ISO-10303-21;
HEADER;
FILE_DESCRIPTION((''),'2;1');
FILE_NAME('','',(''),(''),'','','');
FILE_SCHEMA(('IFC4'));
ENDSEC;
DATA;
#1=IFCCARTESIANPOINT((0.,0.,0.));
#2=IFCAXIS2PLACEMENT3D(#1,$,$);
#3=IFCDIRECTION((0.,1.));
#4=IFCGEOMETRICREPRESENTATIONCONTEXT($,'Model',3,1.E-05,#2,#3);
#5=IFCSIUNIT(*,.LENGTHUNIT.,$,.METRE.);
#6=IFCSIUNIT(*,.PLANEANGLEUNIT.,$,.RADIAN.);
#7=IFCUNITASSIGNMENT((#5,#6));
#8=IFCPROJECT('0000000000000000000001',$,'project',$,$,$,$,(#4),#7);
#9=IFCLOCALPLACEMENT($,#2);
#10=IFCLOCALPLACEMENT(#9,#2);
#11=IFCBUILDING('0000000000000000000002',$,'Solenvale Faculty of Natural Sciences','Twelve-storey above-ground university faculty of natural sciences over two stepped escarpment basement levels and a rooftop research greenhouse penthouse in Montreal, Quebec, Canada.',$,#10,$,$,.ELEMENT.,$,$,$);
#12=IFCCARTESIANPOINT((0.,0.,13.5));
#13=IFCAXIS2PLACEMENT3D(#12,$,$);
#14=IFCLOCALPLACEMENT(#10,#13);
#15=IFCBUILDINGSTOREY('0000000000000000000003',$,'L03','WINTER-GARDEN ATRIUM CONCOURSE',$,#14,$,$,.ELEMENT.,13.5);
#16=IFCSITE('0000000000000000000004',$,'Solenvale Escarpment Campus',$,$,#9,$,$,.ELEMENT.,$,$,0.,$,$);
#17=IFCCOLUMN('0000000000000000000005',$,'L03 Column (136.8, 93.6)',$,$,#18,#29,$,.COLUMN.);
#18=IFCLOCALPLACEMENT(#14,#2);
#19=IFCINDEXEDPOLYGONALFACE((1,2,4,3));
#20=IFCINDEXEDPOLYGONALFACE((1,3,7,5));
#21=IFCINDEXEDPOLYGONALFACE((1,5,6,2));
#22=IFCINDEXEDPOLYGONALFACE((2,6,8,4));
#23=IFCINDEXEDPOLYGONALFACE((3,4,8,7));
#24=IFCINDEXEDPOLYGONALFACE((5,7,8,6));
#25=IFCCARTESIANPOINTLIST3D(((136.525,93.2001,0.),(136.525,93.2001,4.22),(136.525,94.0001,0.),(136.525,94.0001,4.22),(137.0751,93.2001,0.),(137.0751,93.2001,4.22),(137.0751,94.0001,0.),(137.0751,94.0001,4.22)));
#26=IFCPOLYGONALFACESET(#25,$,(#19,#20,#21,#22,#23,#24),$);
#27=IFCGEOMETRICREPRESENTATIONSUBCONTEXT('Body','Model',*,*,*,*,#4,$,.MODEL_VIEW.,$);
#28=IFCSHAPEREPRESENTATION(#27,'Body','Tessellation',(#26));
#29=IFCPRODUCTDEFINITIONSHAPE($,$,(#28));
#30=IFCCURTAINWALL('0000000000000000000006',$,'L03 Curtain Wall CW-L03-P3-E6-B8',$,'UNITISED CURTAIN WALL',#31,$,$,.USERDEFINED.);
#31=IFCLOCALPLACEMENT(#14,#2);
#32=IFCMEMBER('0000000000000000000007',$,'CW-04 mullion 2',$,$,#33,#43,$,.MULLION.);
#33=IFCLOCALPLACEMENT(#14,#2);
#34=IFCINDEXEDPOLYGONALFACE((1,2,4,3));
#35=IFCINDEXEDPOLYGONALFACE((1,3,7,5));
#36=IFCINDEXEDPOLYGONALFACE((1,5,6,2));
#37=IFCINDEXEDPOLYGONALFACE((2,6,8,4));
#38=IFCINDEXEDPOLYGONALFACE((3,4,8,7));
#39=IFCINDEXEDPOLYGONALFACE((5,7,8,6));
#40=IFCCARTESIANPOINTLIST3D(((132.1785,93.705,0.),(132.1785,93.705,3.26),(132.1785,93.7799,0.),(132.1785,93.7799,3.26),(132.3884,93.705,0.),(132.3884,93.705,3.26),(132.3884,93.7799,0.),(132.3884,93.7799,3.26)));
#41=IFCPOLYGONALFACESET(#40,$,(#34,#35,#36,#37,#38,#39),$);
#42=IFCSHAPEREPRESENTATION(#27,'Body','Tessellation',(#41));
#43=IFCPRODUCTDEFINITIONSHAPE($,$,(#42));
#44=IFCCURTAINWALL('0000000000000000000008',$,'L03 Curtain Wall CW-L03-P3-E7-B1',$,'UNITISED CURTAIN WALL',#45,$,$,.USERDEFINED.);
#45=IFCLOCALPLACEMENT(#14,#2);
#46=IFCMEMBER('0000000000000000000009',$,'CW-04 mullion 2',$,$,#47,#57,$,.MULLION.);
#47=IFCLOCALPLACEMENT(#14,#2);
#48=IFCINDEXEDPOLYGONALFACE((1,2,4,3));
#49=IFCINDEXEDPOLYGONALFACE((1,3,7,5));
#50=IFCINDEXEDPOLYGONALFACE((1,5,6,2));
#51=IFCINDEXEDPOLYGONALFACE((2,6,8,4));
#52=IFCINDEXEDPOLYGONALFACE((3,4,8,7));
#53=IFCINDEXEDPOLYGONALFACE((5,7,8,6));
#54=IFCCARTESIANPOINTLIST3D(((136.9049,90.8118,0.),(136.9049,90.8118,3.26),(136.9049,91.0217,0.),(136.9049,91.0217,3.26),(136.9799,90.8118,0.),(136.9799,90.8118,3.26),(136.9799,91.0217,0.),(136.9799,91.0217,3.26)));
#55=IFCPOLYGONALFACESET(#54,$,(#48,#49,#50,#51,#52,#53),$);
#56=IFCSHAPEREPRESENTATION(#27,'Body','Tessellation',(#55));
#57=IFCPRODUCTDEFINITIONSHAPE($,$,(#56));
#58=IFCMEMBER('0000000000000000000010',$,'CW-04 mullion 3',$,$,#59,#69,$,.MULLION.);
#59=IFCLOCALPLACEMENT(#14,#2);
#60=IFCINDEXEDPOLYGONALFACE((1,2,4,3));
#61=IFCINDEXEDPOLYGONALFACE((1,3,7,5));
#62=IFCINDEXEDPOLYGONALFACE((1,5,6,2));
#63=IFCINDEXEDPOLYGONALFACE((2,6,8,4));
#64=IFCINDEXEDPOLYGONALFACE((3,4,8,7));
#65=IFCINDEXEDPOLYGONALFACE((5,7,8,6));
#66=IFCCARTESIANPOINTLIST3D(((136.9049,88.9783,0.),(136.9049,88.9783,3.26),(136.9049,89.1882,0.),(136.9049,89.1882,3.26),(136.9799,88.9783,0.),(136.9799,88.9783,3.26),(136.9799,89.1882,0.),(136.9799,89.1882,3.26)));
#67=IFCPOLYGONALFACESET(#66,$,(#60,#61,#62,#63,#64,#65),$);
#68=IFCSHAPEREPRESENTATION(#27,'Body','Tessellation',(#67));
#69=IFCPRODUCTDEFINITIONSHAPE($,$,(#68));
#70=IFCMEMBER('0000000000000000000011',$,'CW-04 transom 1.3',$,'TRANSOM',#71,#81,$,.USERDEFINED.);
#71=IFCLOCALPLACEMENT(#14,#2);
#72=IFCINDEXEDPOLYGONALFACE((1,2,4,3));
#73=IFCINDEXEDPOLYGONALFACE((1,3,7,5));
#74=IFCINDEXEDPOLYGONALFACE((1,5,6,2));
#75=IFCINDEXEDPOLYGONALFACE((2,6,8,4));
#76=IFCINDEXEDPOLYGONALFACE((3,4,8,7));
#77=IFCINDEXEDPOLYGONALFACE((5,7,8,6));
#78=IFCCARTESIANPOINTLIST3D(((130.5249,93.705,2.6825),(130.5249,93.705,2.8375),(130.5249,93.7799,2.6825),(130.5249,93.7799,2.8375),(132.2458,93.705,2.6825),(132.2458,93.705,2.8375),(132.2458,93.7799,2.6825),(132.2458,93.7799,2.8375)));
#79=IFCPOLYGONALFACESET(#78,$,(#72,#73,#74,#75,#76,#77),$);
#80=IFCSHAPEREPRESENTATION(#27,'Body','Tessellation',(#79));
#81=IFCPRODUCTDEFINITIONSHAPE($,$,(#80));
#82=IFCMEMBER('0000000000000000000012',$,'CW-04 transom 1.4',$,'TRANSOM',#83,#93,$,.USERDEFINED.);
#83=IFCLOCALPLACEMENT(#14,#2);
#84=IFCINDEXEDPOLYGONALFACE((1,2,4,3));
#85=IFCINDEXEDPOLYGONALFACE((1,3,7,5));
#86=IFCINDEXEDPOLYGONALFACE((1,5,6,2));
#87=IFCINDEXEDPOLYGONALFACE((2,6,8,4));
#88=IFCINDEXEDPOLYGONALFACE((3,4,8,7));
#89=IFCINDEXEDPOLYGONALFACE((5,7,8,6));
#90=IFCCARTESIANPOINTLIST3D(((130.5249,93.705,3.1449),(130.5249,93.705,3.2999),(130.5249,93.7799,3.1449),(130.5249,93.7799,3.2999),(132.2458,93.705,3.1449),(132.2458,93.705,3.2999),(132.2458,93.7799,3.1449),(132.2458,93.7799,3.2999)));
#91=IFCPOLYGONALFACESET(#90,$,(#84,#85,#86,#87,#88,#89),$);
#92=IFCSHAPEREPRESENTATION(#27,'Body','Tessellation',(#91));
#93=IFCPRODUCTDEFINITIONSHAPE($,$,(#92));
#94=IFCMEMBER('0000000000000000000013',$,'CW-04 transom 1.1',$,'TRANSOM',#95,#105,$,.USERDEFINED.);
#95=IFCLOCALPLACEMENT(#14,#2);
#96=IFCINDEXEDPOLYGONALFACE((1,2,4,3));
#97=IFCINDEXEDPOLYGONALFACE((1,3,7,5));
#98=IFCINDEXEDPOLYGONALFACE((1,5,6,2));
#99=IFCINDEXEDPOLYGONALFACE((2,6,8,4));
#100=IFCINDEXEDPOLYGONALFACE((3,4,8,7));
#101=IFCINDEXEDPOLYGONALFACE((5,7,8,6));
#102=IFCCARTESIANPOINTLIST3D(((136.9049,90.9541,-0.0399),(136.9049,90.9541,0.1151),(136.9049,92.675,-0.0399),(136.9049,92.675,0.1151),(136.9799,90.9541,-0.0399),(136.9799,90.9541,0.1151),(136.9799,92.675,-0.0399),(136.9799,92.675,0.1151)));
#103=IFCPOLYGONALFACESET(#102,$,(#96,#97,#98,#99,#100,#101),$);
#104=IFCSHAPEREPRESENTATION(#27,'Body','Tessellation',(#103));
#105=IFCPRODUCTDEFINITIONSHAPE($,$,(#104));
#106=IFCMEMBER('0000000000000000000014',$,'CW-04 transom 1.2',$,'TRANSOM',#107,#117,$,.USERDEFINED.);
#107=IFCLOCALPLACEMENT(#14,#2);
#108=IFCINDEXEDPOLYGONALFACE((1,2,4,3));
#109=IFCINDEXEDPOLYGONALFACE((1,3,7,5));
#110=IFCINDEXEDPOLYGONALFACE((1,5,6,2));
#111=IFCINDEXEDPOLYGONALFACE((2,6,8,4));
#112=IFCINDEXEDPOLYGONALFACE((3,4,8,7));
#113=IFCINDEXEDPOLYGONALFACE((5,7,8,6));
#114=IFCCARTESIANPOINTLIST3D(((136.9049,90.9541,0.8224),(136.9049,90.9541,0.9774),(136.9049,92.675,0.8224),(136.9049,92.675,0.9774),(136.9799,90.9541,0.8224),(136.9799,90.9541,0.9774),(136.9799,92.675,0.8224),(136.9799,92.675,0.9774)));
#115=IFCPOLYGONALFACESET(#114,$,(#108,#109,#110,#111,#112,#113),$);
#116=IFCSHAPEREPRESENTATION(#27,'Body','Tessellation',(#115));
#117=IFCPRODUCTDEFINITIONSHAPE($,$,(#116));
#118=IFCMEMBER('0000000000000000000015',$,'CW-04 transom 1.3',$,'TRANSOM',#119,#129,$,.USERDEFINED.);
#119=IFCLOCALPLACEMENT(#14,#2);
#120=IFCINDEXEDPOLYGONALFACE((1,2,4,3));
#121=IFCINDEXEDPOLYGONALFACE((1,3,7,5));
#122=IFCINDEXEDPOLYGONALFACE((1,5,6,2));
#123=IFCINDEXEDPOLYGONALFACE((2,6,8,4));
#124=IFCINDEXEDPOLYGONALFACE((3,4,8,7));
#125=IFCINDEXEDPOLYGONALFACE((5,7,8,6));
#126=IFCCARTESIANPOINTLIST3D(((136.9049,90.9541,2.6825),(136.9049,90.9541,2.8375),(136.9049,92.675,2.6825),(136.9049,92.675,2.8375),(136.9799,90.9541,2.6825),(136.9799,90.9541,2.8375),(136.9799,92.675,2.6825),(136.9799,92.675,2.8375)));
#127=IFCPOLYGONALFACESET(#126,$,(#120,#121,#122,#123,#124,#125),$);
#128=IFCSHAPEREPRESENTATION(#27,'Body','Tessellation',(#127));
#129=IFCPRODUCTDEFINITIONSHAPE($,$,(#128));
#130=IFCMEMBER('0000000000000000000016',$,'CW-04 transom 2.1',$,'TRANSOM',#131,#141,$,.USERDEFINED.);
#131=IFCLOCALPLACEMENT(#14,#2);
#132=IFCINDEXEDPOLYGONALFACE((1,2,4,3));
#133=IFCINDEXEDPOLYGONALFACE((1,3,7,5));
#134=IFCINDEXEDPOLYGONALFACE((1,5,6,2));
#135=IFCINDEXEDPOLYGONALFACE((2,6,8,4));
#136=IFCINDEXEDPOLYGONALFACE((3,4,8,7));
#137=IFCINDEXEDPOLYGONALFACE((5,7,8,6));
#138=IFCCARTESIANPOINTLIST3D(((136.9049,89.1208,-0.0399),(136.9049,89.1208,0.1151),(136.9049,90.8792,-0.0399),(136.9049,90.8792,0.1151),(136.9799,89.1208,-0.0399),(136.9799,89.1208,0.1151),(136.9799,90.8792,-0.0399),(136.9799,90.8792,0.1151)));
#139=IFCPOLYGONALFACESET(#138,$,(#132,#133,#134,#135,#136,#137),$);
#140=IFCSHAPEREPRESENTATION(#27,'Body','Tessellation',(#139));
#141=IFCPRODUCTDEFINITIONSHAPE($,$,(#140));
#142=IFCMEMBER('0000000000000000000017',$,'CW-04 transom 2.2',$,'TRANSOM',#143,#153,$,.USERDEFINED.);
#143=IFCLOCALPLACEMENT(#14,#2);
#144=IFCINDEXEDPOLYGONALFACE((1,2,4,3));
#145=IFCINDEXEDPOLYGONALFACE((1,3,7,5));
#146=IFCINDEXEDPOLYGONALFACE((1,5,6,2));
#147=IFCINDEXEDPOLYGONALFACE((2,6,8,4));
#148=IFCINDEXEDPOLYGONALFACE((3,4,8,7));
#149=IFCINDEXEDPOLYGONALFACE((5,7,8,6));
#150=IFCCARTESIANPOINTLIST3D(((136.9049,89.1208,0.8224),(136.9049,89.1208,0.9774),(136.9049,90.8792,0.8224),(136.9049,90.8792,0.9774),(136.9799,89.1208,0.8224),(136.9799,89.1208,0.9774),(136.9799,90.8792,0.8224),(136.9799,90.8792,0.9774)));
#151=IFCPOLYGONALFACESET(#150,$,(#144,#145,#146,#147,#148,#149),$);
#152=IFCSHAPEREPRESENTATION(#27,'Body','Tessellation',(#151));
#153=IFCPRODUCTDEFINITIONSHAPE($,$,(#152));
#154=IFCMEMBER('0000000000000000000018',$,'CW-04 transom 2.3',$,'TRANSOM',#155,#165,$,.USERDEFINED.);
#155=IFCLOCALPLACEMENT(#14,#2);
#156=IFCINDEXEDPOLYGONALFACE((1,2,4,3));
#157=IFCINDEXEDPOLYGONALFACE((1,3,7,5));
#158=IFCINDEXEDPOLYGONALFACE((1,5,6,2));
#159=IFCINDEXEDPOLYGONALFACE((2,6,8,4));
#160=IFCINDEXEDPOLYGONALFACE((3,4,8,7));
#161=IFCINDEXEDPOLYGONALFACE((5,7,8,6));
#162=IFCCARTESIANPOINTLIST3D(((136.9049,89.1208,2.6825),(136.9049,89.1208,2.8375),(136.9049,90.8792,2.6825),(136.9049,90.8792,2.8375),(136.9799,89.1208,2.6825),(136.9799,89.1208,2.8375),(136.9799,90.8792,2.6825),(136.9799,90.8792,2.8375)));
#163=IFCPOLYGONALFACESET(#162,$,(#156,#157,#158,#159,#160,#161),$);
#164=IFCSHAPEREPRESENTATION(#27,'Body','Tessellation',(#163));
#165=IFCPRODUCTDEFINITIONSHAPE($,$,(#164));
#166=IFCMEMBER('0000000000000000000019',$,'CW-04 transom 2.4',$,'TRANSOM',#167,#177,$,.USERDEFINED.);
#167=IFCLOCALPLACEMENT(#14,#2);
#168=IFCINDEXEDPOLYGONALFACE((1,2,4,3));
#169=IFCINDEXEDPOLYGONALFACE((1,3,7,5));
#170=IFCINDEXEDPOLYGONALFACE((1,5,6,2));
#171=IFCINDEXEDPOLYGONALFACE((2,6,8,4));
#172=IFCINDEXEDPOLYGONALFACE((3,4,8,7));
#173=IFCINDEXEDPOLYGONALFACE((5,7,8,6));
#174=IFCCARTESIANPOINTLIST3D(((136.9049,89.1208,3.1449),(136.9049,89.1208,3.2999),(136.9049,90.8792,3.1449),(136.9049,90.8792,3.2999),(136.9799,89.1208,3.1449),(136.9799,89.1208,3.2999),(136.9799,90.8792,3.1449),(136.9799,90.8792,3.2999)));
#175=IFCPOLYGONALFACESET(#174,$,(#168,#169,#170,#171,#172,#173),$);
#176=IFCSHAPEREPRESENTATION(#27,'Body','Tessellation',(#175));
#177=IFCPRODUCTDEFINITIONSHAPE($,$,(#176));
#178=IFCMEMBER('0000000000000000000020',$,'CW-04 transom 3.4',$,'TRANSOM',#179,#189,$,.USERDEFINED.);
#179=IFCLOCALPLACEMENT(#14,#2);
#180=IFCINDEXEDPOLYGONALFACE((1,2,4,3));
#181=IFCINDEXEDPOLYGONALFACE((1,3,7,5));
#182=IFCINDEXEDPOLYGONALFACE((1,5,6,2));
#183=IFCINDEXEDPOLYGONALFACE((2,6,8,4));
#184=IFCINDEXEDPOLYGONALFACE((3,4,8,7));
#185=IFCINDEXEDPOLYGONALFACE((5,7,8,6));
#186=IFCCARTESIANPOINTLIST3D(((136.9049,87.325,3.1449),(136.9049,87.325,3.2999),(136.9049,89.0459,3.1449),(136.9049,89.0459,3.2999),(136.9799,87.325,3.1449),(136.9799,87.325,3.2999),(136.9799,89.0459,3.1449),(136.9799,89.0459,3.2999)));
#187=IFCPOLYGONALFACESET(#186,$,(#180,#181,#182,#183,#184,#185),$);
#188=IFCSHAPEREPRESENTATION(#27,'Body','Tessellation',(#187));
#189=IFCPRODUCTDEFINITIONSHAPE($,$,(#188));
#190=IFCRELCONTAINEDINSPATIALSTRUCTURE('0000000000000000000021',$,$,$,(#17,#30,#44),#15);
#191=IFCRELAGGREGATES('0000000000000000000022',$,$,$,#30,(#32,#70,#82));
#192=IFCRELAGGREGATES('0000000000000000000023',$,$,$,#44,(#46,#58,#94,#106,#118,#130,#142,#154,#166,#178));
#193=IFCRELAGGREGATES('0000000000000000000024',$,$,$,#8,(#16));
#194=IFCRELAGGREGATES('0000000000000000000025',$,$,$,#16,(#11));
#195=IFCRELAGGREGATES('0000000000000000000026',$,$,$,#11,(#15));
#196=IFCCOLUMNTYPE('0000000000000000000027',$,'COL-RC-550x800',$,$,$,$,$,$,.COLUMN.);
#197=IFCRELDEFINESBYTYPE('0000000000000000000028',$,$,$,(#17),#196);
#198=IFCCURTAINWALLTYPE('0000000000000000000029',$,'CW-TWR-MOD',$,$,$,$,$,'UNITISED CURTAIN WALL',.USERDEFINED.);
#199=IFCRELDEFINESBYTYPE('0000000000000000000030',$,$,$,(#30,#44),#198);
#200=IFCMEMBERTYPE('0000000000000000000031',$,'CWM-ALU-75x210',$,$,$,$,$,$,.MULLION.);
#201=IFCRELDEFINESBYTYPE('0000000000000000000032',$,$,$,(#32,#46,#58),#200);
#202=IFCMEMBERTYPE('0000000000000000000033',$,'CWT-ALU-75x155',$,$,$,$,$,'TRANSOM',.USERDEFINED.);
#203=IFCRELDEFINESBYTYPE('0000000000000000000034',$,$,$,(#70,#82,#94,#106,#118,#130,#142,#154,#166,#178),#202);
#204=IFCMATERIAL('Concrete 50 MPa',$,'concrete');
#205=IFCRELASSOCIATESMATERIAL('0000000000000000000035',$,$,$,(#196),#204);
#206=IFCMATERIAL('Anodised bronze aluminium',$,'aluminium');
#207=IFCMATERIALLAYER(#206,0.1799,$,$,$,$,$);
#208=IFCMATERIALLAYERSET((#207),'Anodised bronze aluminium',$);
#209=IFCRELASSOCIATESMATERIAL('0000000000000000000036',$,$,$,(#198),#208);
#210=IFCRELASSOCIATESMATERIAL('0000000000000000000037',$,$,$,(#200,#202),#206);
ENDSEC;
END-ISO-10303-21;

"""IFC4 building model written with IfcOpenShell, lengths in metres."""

from ifc_helpers import new_model, si_unit, direction, frame, origin, origin_2d, place, context, subcontext, project, spatial, rectangle, extrude, material, layer, layer_set, material_profile, profile_set, type_object, element, aggregate, save


model = new_model("IFC4")

# Units and contexts
model_context = context("Model", 3, precision=1e-05, world=origin(), true_north=direction((0.0, 1.0)))
body_context = subcontext(model_context, "Body", "Model", "MODEL_VIEW")
ifc_project = project(units=[si_unit("LENGTHUNIT", "METRE"), si_unit("PLANEANGLEUNIT", "RADIAN")], contexts=[model_context])

# Site, building, storey
site_placement = place(None, origin())
site = spatial("IfcSite", under=ifc_project, at=site_placement, Name="Solenvale Escarpment Campus", CompositionType="ELEMENT", RefElevation=0.0)
building_placement = place(site_placement, origin())
building = spatial("IfcBuilding", under=site, at=building_placement, Name="Solenvale Faculty of Natural Sciences", Description="Twelve-storey above-ground university faculty of natural sciences over two stepped escarpment basement levels and a rooftop research greenhouse penthouse in Montreal, Quebec, Canada.", CompositionType="ELEMENT")
storey_placement = place(building_placement, frame((0.0, 0.0, 13.5)))
storey = spatial("IfcBuildingStorey", under=building, at=storey_placement, Name="L03", Description="WINTER-GARDEN ATRIUM CONCOURSE", CompositionType="ELEMENT", Elevation=13.5)

# Column
ifc_material_1 = material(Name="Concrete 50 MPa", Category="concrete")
ifc_material_profile_1 = material_profile(ifc_material_1, rectangle(XDim=0.55, YDim=0.8, at=origin_2d()), Name="RC-COL-550x800")
ifc_profile_set_1 = profile_set([ifc_material_profile_1], Name="Concrete 50 MPa")
column_type = type_object("IfcColumnType", Name="COL-RC-550x800", PredefinedType="COLUMN", material=ifc_profile_set_1)
column_placement = place(storey_placement, frame((136.8, 93.6001, 0.0), z_axis=(0.0, 0.0, 1.0), x_axis=(1.0, 0.0, 0.0)))
element("IfcColumn", 1, at=column_placement, inside=storey, type_object=column_type, Name="L03 Column (136.8, 93.6)", PredefinedType="COLUMN", context=body_context, shape_type="SweptSolid", body=[
    extrude(rectangle(XDim=0.55, YDim=0.8, at=origin_2d()), origin(), (0.0, 0.0, 1.0), 4.22),
])

# Curtain wall, member
ifc_material_2 = material(Name="Anodised bronze aluminium", Category="aluminium")
ifc_layer_1 = layer(ifc_material_2, 0.1799)
ifc_layer_set_1 = layer_set([ifc_layer_1], Name="Anodised bronze aluminium")
curtain_wall_type = type_object("IfcCurtainWallType", Name="CW-TWR-MOD", ElementType="UNITISED CURTAIN WALL", PredefinedType="USERDEFINED", material=ifc_layer_set_1)
curtain_wall_1_placement = place(storey_placement, origin())
curtain_wall_1 = element("IfcCurtainWall", 2, at=curtain_wall_1_placement, inside=storey, type_object=curtain_wall_type, Name="L03 Curtain Wall CW-L03-P3-E6-B8", ObjectType="UNITISED CURTAIN WALL", PredefinedType="USERDEFINED")
ifc_material_profile_2 = material_profile(ifc_material_2, rectangle(XDim=0.075, YDim=0.21, at=origin_2d()), Name="ALU-MUL-75x210")
ifc_profile_set_2 = profile_set([ifc_material_profile_2], Name="Anodised bronze aluminium")
member_type_1 = type_object("IfcMemberType", Name="CWM-ALU-75x210", PredefinedType="MULLION", material=ifc_profile_set_2)
member_1_placement = place(storey_placement, frame((132.2834, 93.7424, 0.0), z_axis=(0.0, 0.0, 1.0), x_axis=(0.0, 1.0, 0.0)))
member_1 = element("IfcMember", 3, at=member_1_placement, type_object=member_type_1, Name="CW-04 mullion 2", PredefinedType="MULLION", context=body_context, shape_type="SweptSolid", body=[
    extrude(rectangle(XDim=0.075, YDim=0.21, at=origin_2d()), origin(), (0.0, 0.0, 1.0), 3.26),
])

# Curtain wall, members
curtain_wall_2_placement = place(storey_placement, origin())
curtain_wall_2 = element("IfcCurtainWall", 4, at=curtain_wall_2_placement, inside=storey, type_object=curtain_wall_type, Name="L03 Curtain Wall CW-L03-P3-E7-B1", ObjectType="UNITISED CURTAIN WALL", PredefinedType="USERDEFINED")
member_2_placement = place(storey_placement, frame((136.9424, 90.9167, 0.0), z_axis=(0.0, 0.0, 1.0), x_axis=(1.0, 0.0, 0.0)))
member_2 = element("IfcMember", 5, at=member_2_placement, type_object=member_type_1, Name="CW-04 mullion 2", PredefinedType="MULLION", context=body_context, shape_type="SweptSolid", body=[
    extrude(rectangle(XDim=0.075, YDim=0.21, at=origin_2d()), origin(), (0.0, 0.0, 1.0), 3.26),
])
member_3_placement = place(storey_placement, frame((136.9424, 89.0833, 0.0), z_axis=(0.0, 0.0, 1.0), x_axis=(1.0, 0.0, 0.0)))
member_3 = element("IfcMember", 6, at=member_3_placement, type_object=member_type_1, Name="CW-04 mullion 3", PredefinedType="MULLION", context=body_context, shape_type="SweptSolid", body=[
    extrude(rectangle(XDim=0.075, YDim=0.21, at=origin_2d()), origin(), (0.0, 0.0, 1.0), 3.26),
])

# Members
ifc_material_profile_3 = material_profile(ifc_material_2, rectangle(XDim=0.075, YDim=0.155, at=origin_2d()), Name="ALU-TRN-75x155")
ifc_profile_set_3 = profile_set([ifc_material_profile_3], Name="Anodised bronze aluminium")
member_type_2 = type_object("IfcMemberType", Name="CWT-ALU-75x155", ElementType="TRANSOM", PredefinedType="USERDEFINED", material=ifc_profile_set_3)
member_4_placement = place(storey_placement, frame((130.5249, 93.7424, 2.76), z_axis=(1.0, 0.0, 0.0), x_axis=(0.0, 1.0, 0.0)))
member_4 = element("IfcMember", 7, at=member_4_placement, type_object=member_type_2, Name="CW-04 transom 1.3", ObjectType="TRANSOM", PredefinedType="USERDEFINED", context=body_context, shape_type="SweptSolid", body=[
    extrude(rectangle(XDim=0.075, YDim=0.155, at=origin_2d()), origin(), (0.0, 0.0, 1.0), 1.7209),
])
member_5_placement = place(storey_placement, frame((130.5249, 93.7424, 3.2224), z_axis=(1.0, 0.0, 0.0), x_axis=(0.0, 1.0, 0.0)))
member_5 = element("IfcMember", 8, at=member_5_placement, type_object=member_type_2, Name="CW-04 transom 1.4", ObjectType="TRANSOM", PredefinedType="USERDEFINED", context=body_context, shape_type="SweptSolid", body=[
    extrude(rectangle(XDim=0.075, YDim=0.155, at=origin_2d()), origin(), (0.0, 0.0, 1.0), 1.7209),
])
member_6_placement = place(storey_placement, frame((136.9424, 92.675, 0.0376), z_axis=(0.0, -1.0, 0.0), x_axis=(1.0, 0.0, 0.0)))
member_6 = element("IfcMember", 9, at=member_6_placement, type_object=member_type_2, Name="CW-04 transom 1.1", ObjectType="TRANSOM", PredefinedType="USERDEFINED", context=body_context, shape_type="SweptSolid", body=[
    extrude(rectangle(XDim=0.075, YDim=0.155, at=origin_2d()), origin(), (0.0, 0.0, 1.0), 1.7209),
])
member_7_placement = place(storey_placement, frame((136.9424, 92.675, 0.8999), z_axis=(0.0, -1.0, 0.0), x_axis=(1.0, 0.0, 0.0)))
member_7 = element("IfcMember", 10, at=member_7_placement, type_object=member_type_2, Name="CW-04 transom 1.2", ObjectType="TRANSOM", PredefinedType="USERDEFINED", context=body_context, shape_type="SweptSolid", body=[
    extrude(rectangle(XDim=0.075, YDim=0.155, at=origin_2d()), origin(), (0.0, 0.0, 1.0), 1.7209),
])
member_8_placement = place(storey_placement, frame((136.9424, 92.675, 2.76), z_axis=(0.0, -1.0, 0.0), x_axis=(1.0, 0.0, 0.0)))
member_8 = element("IfcMember", 11, at=member_8_placement, type_object=member_type_2, Name="CW-04 transom 1.3", ObjectType="TRANSOM", PredefinedType="USERDEFINED", context=body_context, shape_type="SweptSolid", body=[
    extrude(rectangle(XDim=0.075, YDim=0.155, at=origin_2d()), origin(), (0.0, 0.0, 1.0), 1.7209),
])
member_9_placement = place(storey_placement, frame((136.9424, 90.8792, 0.0376), z_axis=(0.0, -1.0, 0.0), x_axis=(1.0, 0.0, 0.0)))
member_9 = element("IfcMember", 12, at=member_9_placement, type_object=member_type_2, Name="CW-04 transom 2.1", ObjectType="TRANSOM", PredefinedType="USERDEFINED", context=body_context, shape_type="SweptSolid", body=[
    extrude(rectangle(XDim=0.075, YDim=0.155, at=origin_2d()), origin(), (0.0, 0.0, 1.0), 1.7583),
])
member_10_placement = place(storey_placement, frame((136.9424, 90.8792, 0.8999), z_axis=(0.0, -1.0, 0.0), x_axis=(1.0, 0.0, 0.0)))
member_10 = element("IfcMember", 13, at=member_10_placement, type_object=member_type_2, Name="CW-04 transom 2.2", ObjectType="TRANSOM", PredefinedType="USERDEFINED", context=body_context, shape_type="SweptSolid", body=[
    extrude(rectangle(XDim=0.075, YDim=0.155, at=origin_2d()), origin(), (0.0, 0.0, 1.0), 1.7583),
])
member_11_placement = place(storey_placement, frame((136.9424, 90.8792, 2.76), z_axis=(0.0, -1.0, 0.0), x_axis=(1.0, 0.0, 0.0)))
member_11 = element("IfcMember", 14, at=member_11_placement, type_object=member_type_2, Name="CW-04 transom 2.3", ObjectType="TRANSOM", PredefinedType="USERDEFINED", context=body_context, shape_type="SweptSolid", body=[
    extrude(rectangle(XDim=0.075, YDim=0.155, at=origin_2d()), origin(), (0.0, 0.0, 1.0), 1.7583),
])
member_12_placement = place(storey_placement, frame((136.9424, 90.8792, 3.2224), z_axis=(0.0, -1.0, 0.0), x_axis=(1.0, 0.0, 0.0)))
member_12 = element("IfcMember", 15, at=member_12_placement, type_object=member_type_2, Name="CW-04 transom 2.4", ObjectType="TRANSOM", PredefinedType="USERDEFINED", context=body_context, shape_type="SweptSolid", body=[
    extrude(rectangle(XDim=0.075, YDim=0.155, at=origin_2d()), origin(), (0.0, 0.0, 1.0), 1.7583),
])
member_13_placement = place(storey_placement, frame((136.9424, 89.0459, 3.2224), z_axis=(0.0, -1.0, 0.0), x_axis=(1.0, 0.0, 0.0)))
member_13 = element("IfcMember", 16, at=member_13_placement, type_object=member_type_2, Name="CW-04 transom 3.4", ObjectType="TRANSOM", PredefinedType="USERDEFINED", context=body_context, shape_type="SweptSolid", body=[
    extrude(rectangle(XDim=0.075, YDim=0.155, at=origin_2d()), origin(), (0.0, 0.0, 1.0), 1.7209),
])

aggregate(curtain_wall_1, [member_1, member_4, member_5])
aggregate(curtain_wall_2, [member_2, member_3, member_6, member_7, member_8, member_9, member_10, member_11, member_12, member_13])

save(model, "model.ifc")
